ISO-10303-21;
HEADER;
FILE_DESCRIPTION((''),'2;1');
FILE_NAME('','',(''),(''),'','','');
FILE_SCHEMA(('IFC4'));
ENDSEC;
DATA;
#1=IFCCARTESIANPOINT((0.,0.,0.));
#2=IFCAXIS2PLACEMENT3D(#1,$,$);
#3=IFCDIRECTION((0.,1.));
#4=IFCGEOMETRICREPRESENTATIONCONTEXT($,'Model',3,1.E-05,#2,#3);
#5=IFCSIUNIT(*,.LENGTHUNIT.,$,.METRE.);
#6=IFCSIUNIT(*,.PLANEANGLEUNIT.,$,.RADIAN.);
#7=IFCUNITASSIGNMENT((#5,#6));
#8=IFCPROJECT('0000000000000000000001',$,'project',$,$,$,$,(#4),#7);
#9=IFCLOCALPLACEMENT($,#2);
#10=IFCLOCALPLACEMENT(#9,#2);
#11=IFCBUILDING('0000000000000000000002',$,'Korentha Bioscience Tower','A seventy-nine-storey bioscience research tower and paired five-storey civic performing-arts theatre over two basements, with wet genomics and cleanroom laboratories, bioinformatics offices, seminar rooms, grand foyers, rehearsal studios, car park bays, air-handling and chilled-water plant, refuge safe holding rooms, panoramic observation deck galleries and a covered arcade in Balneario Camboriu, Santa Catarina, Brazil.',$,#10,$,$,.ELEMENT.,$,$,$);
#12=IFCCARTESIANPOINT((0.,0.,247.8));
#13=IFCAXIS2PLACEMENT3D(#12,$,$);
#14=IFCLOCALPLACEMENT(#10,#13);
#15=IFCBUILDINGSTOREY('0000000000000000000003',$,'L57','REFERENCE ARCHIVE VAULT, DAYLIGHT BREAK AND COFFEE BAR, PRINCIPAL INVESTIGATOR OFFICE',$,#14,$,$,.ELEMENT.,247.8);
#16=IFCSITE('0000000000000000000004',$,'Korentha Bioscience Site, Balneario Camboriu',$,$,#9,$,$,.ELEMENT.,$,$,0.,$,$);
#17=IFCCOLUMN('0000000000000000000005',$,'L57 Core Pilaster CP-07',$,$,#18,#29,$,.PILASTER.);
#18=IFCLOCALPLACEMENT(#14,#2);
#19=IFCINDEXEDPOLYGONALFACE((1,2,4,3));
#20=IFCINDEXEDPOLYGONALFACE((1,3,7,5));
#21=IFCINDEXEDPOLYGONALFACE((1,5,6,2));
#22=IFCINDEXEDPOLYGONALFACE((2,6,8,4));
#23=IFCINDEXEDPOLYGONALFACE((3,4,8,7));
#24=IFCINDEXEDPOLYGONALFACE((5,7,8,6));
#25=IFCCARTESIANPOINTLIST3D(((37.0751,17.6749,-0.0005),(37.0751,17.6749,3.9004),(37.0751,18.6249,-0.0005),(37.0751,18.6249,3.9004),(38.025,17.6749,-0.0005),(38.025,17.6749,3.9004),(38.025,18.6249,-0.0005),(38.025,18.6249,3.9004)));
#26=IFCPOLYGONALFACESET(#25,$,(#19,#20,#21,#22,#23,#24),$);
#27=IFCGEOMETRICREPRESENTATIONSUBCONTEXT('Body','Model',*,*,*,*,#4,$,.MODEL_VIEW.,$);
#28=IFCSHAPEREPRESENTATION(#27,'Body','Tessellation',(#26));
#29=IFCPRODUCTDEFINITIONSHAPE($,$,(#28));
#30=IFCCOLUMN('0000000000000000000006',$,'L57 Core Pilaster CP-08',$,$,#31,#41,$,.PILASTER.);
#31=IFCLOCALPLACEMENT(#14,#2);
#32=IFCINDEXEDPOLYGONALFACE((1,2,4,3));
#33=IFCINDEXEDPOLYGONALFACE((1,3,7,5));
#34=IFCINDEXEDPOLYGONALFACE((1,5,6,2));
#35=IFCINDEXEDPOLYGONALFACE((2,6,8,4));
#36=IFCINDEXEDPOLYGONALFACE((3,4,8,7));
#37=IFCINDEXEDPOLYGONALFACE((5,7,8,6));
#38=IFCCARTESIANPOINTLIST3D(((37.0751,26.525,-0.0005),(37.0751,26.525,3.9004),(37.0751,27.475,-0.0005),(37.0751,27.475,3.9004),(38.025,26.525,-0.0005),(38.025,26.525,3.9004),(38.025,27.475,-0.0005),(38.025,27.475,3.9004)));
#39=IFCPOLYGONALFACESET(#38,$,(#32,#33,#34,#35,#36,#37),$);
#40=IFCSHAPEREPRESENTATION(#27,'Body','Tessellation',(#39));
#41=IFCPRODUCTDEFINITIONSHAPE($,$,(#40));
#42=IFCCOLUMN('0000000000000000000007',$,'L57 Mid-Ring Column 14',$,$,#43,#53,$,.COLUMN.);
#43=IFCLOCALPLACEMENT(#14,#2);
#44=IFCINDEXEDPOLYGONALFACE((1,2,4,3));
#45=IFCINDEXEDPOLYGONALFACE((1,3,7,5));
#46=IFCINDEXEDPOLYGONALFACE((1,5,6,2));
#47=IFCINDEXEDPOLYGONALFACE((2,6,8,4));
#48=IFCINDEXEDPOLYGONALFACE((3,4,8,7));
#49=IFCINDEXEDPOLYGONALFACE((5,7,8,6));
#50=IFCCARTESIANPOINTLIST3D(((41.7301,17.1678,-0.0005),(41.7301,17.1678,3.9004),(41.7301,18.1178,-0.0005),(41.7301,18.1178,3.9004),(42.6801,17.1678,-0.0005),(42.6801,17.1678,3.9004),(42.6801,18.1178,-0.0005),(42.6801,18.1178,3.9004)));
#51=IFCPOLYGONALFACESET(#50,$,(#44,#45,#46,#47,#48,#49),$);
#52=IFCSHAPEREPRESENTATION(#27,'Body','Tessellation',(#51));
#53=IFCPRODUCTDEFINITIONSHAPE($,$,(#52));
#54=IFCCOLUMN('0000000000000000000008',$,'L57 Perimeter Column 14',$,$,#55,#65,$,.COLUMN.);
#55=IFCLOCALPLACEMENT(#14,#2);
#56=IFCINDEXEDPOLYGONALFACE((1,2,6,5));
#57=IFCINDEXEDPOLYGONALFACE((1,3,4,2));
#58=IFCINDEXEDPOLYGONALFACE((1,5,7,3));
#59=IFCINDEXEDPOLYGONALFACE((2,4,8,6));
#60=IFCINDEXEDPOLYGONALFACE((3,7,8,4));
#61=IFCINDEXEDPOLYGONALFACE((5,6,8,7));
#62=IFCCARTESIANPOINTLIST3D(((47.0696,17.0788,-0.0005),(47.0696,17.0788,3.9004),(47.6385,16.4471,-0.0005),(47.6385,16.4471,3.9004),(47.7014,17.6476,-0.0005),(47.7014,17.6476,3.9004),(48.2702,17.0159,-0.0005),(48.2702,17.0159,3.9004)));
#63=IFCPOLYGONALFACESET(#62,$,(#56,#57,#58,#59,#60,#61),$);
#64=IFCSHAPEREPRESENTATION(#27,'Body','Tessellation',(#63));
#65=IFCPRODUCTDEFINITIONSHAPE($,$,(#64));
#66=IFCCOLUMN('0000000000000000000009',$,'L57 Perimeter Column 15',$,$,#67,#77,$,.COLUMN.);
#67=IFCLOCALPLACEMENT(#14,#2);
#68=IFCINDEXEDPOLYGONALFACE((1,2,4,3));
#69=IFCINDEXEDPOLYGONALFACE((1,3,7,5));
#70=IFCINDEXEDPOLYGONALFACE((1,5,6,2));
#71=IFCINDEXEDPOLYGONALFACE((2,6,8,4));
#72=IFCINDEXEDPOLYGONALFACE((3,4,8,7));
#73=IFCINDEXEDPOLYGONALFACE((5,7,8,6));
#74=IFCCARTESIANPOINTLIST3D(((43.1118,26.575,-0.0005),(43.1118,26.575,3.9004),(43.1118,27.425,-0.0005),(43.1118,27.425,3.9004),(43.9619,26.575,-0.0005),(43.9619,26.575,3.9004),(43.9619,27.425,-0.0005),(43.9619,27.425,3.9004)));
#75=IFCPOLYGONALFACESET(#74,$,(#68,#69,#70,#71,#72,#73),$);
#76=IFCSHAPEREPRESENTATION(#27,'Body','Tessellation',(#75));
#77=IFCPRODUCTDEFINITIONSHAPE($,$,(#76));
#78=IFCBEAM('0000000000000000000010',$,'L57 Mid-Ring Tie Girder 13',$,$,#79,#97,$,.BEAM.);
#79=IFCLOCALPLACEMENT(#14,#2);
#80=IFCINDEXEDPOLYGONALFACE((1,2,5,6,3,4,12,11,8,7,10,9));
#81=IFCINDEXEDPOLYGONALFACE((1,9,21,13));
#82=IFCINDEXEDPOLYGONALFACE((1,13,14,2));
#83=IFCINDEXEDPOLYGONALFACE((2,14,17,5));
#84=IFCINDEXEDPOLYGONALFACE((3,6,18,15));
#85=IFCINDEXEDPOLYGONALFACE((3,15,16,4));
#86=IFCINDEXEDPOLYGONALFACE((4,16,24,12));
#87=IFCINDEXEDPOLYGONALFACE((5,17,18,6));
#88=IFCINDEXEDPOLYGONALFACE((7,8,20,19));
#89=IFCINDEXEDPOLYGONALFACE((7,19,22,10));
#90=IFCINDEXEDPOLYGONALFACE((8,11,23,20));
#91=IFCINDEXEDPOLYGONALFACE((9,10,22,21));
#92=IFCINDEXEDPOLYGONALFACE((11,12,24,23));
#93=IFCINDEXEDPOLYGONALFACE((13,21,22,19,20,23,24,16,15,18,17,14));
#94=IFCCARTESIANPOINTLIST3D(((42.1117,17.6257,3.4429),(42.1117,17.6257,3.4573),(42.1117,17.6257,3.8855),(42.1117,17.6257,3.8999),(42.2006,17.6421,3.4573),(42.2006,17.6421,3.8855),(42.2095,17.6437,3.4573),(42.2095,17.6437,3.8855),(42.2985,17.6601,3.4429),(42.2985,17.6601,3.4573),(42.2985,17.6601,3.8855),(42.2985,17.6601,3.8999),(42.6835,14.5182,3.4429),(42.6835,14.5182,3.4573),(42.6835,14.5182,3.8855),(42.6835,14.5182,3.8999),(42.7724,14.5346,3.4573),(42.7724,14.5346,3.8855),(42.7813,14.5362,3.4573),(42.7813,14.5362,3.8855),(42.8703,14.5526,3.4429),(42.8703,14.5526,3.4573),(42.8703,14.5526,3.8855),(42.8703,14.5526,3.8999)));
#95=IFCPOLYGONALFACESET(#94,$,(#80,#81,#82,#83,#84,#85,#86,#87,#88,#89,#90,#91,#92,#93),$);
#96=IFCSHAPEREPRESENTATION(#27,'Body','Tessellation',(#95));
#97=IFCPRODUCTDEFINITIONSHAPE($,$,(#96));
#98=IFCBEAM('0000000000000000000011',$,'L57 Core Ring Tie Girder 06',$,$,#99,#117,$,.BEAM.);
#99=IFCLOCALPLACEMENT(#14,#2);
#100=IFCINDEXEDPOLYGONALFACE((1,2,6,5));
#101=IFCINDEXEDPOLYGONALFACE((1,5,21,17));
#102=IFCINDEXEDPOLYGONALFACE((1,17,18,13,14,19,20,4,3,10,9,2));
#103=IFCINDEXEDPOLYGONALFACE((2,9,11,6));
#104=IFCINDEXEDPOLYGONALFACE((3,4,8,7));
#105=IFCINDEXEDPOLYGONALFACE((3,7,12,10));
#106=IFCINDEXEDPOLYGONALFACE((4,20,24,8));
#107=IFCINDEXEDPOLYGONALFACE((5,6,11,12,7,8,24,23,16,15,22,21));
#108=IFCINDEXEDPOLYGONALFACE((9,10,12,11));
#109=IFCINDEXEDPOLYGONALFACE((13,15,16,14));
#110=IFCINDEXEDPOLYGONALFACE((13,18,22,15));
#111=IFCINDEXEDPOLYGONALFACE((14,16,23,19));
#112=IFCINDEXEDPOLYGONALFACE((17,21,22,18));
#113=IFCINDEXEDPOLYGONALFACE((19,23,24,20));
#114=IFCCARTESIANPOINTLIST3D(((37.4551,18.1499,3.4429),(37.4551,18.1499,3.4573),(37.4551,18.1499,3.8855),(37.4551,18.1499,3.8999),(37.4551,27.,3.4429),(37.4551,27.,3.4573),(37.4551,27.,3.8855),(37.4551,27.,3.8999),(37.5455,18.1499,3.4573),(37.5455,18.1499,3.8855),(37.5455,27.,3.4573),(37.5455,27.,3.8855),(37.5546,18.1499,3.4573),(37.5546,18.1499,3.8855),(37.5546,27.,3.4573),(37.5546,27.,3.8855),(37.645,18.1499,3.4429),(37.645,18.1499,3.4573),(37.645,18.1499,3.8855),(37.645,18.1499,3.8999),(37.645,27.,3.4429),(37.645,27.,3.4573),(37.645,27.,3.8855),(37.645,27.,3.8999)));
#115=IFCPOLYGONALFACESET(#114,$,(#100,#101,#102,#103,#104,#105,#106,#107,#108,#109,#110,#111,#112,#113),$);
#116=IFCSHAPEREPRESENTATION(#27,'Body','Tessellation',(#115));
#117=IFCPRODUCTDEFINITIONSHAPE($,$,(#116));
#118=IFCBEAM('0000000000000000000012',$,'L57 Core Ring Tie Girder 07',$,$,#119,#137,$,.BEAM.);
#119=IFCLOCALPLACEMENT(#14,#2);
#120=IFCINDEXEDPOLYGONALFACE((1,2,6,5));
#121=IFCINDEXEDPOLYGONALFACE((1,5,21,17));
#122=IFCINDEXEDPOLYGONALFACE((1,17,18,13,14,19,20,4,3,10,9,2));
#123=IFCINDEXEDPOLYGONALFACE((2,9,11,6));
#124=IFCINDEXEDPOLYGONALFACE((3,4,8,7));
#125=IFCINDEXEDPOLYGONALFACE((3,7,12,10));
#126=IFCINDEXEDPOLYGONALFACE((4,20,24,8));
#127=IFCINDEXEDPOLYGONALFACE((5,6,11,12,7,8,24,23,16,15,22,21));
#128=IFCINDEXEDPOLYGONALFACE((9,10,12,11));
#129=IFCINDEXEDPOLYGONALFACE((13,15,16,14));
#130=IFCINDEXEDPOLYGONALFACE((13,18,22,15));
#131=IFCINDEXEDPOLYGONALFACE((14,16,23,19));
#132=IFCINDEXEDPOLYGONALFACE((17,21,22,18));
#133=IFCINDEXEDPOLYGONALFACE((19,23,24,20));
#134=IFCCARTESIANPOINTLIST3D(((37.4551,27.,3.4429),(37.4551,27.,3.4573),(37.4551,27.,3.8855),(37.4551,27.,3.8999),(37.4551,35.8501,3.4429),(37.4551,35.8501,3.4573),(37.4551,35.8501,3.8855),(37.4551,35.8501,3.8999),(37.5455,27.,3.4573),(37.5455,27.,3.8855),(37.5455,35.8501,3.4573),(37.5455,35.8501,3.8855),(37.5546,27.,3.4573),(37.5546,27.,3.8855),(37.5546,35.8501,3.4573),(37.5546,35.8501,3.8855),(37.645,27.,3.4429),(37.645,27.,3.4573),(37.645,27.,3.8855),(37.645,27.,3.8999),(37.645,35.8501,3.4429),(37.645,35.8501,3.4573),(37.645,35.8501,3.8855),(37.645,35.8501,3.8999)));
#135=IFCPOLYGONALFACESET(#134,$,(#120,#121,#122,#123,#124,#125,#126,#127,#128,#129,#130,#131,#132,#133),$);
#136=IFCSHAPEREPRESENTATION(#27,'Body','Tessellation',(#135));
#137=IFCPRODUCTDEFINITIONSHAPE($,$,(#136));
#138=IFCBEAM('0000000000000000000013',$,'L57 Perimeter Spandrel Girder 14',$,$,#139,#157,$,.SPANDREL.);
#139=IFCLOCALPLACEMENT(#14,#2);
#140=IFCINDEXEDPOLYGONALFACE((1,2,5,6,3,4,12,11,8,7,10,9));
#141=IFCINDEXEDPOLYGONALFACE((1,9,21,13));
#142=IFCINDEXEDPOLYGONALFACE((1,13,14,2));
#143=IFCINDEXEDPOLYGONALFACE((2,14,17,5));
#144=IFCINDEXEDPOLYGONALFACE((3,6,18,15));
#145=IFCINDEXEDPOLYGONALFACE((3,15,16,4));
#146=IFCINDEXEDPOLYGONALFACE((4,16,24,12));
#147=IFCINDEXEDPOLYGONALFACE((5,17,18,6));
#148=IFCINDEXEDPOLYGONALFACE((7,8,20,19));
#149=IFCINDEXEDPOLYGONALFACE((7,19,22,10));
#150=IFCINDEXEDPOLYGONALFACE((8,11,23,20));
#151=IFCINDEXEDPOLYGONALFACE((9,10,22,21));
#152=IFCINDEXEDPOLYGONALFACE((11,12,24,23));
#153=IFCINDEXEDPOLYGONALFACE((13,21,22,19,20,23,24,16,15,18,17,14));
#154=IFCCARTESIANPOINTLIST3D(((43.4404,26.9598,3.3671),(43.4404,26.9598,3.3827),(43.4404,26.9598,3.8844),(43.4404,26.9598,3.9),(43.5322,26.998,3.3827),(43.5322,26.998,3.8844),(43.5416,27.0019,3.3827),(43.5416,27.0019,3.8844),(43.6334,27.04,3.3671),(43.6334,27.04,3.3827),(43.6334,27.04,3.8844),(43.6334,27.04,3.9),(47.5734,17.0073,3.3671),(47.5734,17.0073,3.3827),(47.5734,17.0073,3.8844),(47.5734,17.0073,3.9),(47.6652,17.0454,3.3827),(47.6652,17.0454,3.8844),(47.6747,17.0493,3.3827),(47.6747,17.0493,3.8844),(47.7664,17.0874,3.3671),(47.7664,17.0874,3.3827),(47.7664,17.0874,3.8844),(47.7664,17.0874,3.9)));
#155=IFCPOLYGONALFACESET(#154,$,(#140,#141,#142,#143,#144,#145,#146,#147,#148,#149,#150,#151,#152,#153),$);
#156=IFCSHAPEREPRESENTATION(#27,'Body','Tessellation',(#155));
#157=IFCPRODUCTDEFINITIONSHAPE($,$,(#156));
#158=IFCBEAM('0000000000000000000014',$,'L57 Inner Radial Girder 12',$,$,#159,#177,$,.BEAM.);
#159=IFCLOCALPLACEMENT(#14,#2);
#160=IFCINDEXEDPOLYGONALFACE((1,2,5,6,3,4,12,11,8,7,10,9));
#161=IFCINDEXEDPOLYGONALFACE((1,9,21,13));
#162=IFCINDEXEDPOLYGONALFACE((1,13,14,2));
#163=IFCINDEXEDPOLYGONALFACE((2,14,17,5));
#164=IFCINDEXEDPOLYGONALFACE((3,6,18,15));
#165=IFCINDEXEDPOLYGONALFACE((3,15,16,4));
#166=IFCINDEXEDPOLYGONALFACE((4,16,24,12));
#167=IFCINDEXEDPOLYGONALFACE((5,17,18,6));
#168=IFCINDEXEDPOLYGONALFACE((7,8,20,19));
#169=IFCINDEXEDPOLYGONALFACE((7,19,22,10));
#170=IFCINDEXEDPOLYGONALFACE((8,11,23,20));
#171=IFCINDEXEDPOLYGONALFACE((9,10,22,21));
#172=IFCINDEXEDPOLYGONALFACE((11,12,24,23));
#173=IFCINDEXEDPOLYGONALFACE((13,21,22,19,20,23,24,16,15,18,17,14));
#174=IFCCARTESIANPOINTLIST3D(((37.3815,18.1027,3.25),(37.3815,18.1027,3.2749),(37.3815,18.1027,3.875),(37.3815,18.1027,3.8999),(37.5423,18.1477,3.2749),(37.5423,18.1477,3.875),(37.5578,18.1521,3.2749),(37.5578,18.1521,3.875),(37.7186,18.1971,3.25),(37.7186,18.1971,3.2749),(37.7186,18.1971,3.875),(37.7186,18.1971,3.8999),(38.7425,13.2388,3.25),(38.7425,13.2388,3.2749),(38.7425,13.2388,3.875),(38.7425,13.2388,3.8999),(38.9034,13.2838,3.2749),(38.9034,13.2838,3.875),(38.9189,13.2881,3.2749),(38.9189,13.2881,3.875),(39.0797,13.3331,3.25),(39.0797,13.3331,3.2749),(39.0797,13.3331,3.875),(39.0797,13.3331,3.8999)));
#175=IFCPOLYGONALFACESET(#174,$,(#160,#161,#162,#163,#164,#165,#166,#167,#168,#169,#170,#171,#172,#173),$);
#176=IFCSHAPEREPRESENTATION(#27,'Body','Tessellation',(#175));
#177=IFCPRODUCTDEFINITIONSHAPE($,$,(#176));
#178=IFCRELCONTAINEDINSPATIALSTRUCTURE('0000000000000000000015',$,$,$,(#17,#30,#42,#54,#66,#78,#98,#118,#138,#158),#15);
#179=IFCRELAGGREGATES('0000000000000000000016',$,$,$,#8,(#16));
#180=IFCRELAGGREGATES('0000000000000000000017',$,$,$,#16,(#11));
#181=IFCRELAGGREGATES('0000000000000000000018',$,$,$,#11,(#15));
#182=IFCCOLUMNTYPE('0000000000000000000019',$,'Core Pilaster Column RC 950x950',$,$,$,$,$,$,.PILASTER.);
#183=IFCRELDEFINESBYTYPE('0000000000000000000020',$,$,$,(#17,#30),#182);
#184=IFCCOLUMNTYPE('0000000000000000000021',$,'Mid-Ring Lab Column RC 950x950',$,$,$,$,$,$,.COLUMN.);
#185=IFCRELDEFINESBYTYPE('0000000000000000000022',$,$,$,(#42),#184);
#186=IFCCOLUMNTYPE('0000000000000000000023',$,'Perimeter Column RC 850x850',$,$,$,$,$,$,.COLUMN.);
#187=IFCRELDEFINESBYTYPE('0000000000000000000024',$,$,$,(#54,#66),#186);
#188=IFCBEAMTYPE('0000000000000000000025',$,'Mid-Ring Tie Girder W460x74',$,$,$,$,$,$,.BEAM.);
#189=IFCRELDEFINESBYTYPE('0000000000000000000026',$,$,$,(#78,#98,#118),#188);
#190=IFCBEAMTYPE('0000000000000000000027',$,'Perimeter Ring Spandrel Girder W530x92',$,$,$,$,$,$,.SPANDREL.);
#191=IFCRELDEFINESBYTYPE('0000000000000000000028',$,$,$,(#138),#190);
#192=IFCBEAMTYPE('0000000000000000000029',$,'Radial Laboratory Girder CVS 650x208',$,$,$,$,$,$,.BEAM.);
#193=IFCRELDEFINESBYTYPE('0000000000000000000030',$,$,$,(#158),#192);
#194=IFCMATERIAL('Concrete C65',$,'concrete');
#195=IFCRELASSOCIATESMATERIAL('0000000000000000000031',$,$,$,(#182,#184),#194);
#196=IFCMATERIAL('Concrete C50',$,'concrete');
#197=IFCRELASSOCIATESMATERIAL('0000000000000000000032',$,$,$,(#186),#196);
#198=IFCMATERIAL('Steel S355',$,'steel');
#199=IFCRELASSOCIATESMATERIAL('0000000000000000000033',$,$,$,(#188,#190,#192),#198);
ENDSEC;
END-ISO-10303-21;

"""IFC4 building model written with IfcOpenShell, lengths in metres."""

from ifc_helpers import new_model, si_unit, direction, frame, origin, origin_2d, place, context, subcontext, project, spatial, rectangle, i_section, extrude, material, material_profile, profile_set, type_object, element, save


model = new_model("IFC4")

# Units and contexts
model_context = context("Model", 3, precision=1e-05, world=origin(), true_north=direction((0.0, 1.0)))
body_context = subcontext(model_context, "Body", "Model", "MODEL_VIEW")
ifc_project = project(units=[si_unit("LENGTHUNIT", "METRE"), si_unit("PLANEANGLEUNIT", "RADIAN")], contexts=[model_context])

# Site, building, storey
site_placement = place(None, origin())
site = spatial("IfcSite", under=ifc_project, at=site_placement, Name="Korentha Bioscience Site, Balneario Camboriu", CompositionType="ELEMENT", RefElevation=0.0)
building_placement = place(site_placement, origin())
building = spatial("IfcBuilding", under=site, at=building_placement, Name="Korentha Bioscience Tower", Description="A seventy-nine-storey bioscience research tower and paired five-storey civic performing-arts theatre over two basements, with wet genomics and cleanroom laboratories, bioinformatics offices, seminar rooms, grand foyers, rehearsal studios, car park bays, air-handling and chilled-water plant, refuge safe holding rooms, panoramic observation deck galleries and a covered arcade in Balneario Camboriu, Santa Catarina, Brazil.", CompositionType="ELEMENT")
storey_placement = place(building_placement, frame((0.0, 0.0, 247.8)))
storey = spatial("IfcBuildingStorey", under=building, at=storey_placement, Name="L57", Description="REFERENCE ARCHIVE VAULT, DAYLIGHT BREAK AND COFFEE BAR, PRINCIPAL INVESTIGATOR OFFICE", CompositionType="ELEMENT", Elevation=247.8)

# Columns
ifc_material_1 = material(Name="Concrete C65", Category="concrete")
ifc_material_profile_1 = material_profile(ifc_material_1, rectangle(XDim=0.95, YDim=0.95, at=origin_2d()), Name="Concrete C65")
ifc_profile_set_1 = profile_set([ifc_material_profile_1], Name="Concrete C65 (COL-CP09)")
column_type_1 = type_object("IfcColumnType", Name="Core Pilaster Column RC 950x950", PredefinedType="PILASTER", material=ifc_profile_set_1)
for number, where, z_axis, x_axis, name in (
    (1, (37.55, 18.1499, -0.0005), (0.0, 0.0, 1.0), (1.0, 0.0, 0.0), "L57 Core Pilaster CP-07"),
    (2, (37.55, 27.0, -0.0005), (0.0, 0.0, 1.0), (1.0, 0.0, 0.0), "L57 Core Pilaster CP-08"),
):
    element("IfcColumn", number, at=place(storey_placement, frame(where, z_axis=z_axis, x_axis=x_axis)), inside=storey, type_object=column_type_1, Name=name, PredefinedType="PILASTER", context=body_context, shape_type="SweptSolid", body=[
        extrude(rectangle(XDim=0.95, YDim=0.95, at=origin_2d()), origin(), (0.0, 0.0, 1.0), 3.9009),
    ])
ifc_material_profile_2 = material_profile(ifc_material_1, rectangle(XDim=0.95, YDim=0.95, at=origin_2d()), Name="Concrete C65")
ifc_profile_set_2 = profile_set([ifc_material_profile_2], Name="Concrete C65 (COL-MR09)")
column_type_2 = type_object("IfcColumnType", Name="Mid-Ring Lab Column RC 950x950", PredefinedType="COLUMN", material=ifc_profile_set_2)
column_placement = place(storey_placement, frame((42.2051, 17.6428, -0.0005), z_axis=(0.0, 0.0, 1.0), x_axis=(1.0, 0.0, 0.0)))
element("IfcColumn", 3, at=column_placement, inside=storey, type_object=column_type_2, Name="L57 Mid-Ring Column 14", PredefinedType="COLUMN", context=body_context, shape_type="SweptSolid", body=[
    extrude(rectangle(XDim=0.95, YDim=0.95, at=origin_2d()), origin(), (0.0, 0.0, 1.0), 3.9009),
])
ifc_material_2 = material(Name="Concrete C50", Category="concrete")
ifc_material_profile_3 = material_profile(ifc_material_2, rectangle(XDim=0.8501, YDim=0.8501, at=origin_2d()), Name="Concrete C50")
ifc_profile_set_3 = profile_set([ifc_material_profile_3], Name="Concrete C50 (COL-P08)")
column_type_3 = type_object("IfcColumnType", Name="Perimeter Column RC 850x850", PredefinedType="COLUMN", material=ifc_profile_set_3)
for number, where, z_axis, x_axis, name in (
    (4, (47.6699, 17.0474, -0.0005), (0.0, 0.0, 1.0), (-0.669131, 0.743145, 0.0), "L57 Perimeter Column 14"),
    (5, (43.5369, 27.0, -0.0005), (0.0, 0.0, 1.0), (0.0, 1.0, 0.0), "L57 Perimeter Column 15"),
):
    element("IfcColumn", number, at=place(storey_placement, frame(where, z_axis=z_axis, x_axis=x_axis)), inside=storey, type_object=column_type_3, Name=name, PredefinedType="COLUMN", context=body_context, shape_type="SweptSolid", body=[
        extrude(rectangle(XDim=0.8501, YDim=0.8501, at=origin_2d()), origin(), (0.0, 0.0, 1.0), 3.9009),
    ])

# Beams
ifc_material_3 = material(Name="Steel S355", Category="steel")
ifc_material_profile_4 = material_profile(ifc_material_3, i_section(OverallWidth=0.1899, OverallDepth=0.457, WebThickness=0.009, FlangeThickness=0.0144, at=origin_2d()), Name="Steel S355")
ifc_profile_set_4 = profile_set([ifc_material_profile_4], Name="Steel S355 (MB-460)")
beam_type_1 = type_object("IfcBeamType", Name="Mid-Ring Tie Girder W460x74", PredefinedType="BEAM", material=ifc_profile_set_4)
beam_1_placement = place(storey_placement, frame((42.7769, 14.5354, 3.6714), z_axis=(-0.180966, 0.983489, 0.0), x_axis=(-0.983489, -0.180966, 0.0)))
element("IfcBeam", 6, at=beam_1_placement, inside=storey, type_object=beam_type_1, Name="L57 Mid-Ring Tie Girder 13", PredefinedType="BEAM", context=body_context, shape_type="SweptSolid", body=[
    extrude(i_section(OverallWidth=0.1899, OverallDepth=0.457, WebThickness=0.009, FlangeThickness=0.0144, at=origin_2d()), origin(), (0.0, 0.0, 1.0), 3.1597),
])
for number, where, z_axis, x_axis, name in (
    (7, (37.55, 18.1499, 3.6714), (0.0, 1.0, 0.0), (-1.0, 0.0, 0.0), "L57 Core Ring Tie Girder 06"),
    (8, (37.55, 27.0, 3.6714), (0.0, 1.0, 0.0), (-1.0, 0.0, 0.0), "L57 Core Ring Tie Girder 07"),
):
    element("IfcBeam", number, at=place(storey_placement, frame(where, z_axis=z_axis, x_axis=x_axis)), inside=storey, type_object=beam_type_1, Name=name, PredefinedType="BEAM", context=body_context, shape_type="SweptSolid", body=[
        extrude(i_section(OverallWidth=0.1899, OverallDepth=0.457, WebThickness=0.009, FlangeThickness=0.0144, at=origin_2d()), origin(), (0.0, 0.0, 1.0), 8.8501),
    ])
ifc_material_profile_5 = material_profile(ifc_material_3, i_section(OverallWidth=0.209, OverallDepth=0.533, WebThickness=0.0103, FlangeThickness=0.0156, at=origin_2d()), Name="Steel S355")
ifc_profile_set_5 = profile_set([ifc_material_profile_5], Name="Steel S355 (SB-530)")
beam_type_2 = type_object("IfcBeamType", Name="Perimeter Ring Spandrel Girder W530x92", PredefinedType="SPANDREL", material=ifc_profile_set_5)
beam_2_placement = place(storey_placement, frame((47.6699, 17.0474, 3.6335), z_axis=(-0.383518, 0.923533, 0.0), x_axis=(-0.923533, -0.383518, 0.0)))
element("IfcBeam", 9, at=beam_2_placement, inside=storey, type_object=beam_type_2, Name="L57 Perimeter Spandrel Girder 14", PredefinedType="SPANDREL", context=body_context, shape_type="SweptSolid", body=[
    extrude(i_section(OverallWidth=0.209, OverallDepth=0.533, WebThickness=0.0103, FlangeThickness=0.0156, at=origin_2d()), origin(), (0.0, 0.0, 1.0), 10.7766),
])
ifc_material_profile_6 = material_profile(ifc_material_3, i_section(OverallWidth=0.3501, OverallDepth=0.6499, WebThickness=0.0161, FlangeThickness=0.0249, at=origin_2d()), Name="Steel S355")
ifc_profile_set_6 = profile_set([ifc_material_profile_6], Name="Steel S355 (RB-650)")
beam_type_3 = type_object("IfcBeamType", Name="Radial Laboratory Girder CVS 650x208", PredefinedType="BEAM", material=ifc_profile_set_6)
beam_3_placement = place(storey_placement, frame((37.55, 18.1499, 3.575), z_axis=(0.269476, -0.963007, 0.0), x_axis=(0.963007, 0.269476, 0.0)))
element("IfcBeam", 10, at=beam_3_placement, inside=storey, type_object=beam_type_3, Name="L57 Inner Radial Girder 12", PredefinedType="BEAM", context=body_context, shape_type="SweptSolid", body=[
    extrude(i_section(OverallWidth=0.3501, OverallDepth=0.6499, WebThickness=0.0161, FlangeThickness=0.0249, at=origin_2d()), origin(), (0.0, 0.0, 1.0), 5.0508),
])

save(model, "model.ifc")
